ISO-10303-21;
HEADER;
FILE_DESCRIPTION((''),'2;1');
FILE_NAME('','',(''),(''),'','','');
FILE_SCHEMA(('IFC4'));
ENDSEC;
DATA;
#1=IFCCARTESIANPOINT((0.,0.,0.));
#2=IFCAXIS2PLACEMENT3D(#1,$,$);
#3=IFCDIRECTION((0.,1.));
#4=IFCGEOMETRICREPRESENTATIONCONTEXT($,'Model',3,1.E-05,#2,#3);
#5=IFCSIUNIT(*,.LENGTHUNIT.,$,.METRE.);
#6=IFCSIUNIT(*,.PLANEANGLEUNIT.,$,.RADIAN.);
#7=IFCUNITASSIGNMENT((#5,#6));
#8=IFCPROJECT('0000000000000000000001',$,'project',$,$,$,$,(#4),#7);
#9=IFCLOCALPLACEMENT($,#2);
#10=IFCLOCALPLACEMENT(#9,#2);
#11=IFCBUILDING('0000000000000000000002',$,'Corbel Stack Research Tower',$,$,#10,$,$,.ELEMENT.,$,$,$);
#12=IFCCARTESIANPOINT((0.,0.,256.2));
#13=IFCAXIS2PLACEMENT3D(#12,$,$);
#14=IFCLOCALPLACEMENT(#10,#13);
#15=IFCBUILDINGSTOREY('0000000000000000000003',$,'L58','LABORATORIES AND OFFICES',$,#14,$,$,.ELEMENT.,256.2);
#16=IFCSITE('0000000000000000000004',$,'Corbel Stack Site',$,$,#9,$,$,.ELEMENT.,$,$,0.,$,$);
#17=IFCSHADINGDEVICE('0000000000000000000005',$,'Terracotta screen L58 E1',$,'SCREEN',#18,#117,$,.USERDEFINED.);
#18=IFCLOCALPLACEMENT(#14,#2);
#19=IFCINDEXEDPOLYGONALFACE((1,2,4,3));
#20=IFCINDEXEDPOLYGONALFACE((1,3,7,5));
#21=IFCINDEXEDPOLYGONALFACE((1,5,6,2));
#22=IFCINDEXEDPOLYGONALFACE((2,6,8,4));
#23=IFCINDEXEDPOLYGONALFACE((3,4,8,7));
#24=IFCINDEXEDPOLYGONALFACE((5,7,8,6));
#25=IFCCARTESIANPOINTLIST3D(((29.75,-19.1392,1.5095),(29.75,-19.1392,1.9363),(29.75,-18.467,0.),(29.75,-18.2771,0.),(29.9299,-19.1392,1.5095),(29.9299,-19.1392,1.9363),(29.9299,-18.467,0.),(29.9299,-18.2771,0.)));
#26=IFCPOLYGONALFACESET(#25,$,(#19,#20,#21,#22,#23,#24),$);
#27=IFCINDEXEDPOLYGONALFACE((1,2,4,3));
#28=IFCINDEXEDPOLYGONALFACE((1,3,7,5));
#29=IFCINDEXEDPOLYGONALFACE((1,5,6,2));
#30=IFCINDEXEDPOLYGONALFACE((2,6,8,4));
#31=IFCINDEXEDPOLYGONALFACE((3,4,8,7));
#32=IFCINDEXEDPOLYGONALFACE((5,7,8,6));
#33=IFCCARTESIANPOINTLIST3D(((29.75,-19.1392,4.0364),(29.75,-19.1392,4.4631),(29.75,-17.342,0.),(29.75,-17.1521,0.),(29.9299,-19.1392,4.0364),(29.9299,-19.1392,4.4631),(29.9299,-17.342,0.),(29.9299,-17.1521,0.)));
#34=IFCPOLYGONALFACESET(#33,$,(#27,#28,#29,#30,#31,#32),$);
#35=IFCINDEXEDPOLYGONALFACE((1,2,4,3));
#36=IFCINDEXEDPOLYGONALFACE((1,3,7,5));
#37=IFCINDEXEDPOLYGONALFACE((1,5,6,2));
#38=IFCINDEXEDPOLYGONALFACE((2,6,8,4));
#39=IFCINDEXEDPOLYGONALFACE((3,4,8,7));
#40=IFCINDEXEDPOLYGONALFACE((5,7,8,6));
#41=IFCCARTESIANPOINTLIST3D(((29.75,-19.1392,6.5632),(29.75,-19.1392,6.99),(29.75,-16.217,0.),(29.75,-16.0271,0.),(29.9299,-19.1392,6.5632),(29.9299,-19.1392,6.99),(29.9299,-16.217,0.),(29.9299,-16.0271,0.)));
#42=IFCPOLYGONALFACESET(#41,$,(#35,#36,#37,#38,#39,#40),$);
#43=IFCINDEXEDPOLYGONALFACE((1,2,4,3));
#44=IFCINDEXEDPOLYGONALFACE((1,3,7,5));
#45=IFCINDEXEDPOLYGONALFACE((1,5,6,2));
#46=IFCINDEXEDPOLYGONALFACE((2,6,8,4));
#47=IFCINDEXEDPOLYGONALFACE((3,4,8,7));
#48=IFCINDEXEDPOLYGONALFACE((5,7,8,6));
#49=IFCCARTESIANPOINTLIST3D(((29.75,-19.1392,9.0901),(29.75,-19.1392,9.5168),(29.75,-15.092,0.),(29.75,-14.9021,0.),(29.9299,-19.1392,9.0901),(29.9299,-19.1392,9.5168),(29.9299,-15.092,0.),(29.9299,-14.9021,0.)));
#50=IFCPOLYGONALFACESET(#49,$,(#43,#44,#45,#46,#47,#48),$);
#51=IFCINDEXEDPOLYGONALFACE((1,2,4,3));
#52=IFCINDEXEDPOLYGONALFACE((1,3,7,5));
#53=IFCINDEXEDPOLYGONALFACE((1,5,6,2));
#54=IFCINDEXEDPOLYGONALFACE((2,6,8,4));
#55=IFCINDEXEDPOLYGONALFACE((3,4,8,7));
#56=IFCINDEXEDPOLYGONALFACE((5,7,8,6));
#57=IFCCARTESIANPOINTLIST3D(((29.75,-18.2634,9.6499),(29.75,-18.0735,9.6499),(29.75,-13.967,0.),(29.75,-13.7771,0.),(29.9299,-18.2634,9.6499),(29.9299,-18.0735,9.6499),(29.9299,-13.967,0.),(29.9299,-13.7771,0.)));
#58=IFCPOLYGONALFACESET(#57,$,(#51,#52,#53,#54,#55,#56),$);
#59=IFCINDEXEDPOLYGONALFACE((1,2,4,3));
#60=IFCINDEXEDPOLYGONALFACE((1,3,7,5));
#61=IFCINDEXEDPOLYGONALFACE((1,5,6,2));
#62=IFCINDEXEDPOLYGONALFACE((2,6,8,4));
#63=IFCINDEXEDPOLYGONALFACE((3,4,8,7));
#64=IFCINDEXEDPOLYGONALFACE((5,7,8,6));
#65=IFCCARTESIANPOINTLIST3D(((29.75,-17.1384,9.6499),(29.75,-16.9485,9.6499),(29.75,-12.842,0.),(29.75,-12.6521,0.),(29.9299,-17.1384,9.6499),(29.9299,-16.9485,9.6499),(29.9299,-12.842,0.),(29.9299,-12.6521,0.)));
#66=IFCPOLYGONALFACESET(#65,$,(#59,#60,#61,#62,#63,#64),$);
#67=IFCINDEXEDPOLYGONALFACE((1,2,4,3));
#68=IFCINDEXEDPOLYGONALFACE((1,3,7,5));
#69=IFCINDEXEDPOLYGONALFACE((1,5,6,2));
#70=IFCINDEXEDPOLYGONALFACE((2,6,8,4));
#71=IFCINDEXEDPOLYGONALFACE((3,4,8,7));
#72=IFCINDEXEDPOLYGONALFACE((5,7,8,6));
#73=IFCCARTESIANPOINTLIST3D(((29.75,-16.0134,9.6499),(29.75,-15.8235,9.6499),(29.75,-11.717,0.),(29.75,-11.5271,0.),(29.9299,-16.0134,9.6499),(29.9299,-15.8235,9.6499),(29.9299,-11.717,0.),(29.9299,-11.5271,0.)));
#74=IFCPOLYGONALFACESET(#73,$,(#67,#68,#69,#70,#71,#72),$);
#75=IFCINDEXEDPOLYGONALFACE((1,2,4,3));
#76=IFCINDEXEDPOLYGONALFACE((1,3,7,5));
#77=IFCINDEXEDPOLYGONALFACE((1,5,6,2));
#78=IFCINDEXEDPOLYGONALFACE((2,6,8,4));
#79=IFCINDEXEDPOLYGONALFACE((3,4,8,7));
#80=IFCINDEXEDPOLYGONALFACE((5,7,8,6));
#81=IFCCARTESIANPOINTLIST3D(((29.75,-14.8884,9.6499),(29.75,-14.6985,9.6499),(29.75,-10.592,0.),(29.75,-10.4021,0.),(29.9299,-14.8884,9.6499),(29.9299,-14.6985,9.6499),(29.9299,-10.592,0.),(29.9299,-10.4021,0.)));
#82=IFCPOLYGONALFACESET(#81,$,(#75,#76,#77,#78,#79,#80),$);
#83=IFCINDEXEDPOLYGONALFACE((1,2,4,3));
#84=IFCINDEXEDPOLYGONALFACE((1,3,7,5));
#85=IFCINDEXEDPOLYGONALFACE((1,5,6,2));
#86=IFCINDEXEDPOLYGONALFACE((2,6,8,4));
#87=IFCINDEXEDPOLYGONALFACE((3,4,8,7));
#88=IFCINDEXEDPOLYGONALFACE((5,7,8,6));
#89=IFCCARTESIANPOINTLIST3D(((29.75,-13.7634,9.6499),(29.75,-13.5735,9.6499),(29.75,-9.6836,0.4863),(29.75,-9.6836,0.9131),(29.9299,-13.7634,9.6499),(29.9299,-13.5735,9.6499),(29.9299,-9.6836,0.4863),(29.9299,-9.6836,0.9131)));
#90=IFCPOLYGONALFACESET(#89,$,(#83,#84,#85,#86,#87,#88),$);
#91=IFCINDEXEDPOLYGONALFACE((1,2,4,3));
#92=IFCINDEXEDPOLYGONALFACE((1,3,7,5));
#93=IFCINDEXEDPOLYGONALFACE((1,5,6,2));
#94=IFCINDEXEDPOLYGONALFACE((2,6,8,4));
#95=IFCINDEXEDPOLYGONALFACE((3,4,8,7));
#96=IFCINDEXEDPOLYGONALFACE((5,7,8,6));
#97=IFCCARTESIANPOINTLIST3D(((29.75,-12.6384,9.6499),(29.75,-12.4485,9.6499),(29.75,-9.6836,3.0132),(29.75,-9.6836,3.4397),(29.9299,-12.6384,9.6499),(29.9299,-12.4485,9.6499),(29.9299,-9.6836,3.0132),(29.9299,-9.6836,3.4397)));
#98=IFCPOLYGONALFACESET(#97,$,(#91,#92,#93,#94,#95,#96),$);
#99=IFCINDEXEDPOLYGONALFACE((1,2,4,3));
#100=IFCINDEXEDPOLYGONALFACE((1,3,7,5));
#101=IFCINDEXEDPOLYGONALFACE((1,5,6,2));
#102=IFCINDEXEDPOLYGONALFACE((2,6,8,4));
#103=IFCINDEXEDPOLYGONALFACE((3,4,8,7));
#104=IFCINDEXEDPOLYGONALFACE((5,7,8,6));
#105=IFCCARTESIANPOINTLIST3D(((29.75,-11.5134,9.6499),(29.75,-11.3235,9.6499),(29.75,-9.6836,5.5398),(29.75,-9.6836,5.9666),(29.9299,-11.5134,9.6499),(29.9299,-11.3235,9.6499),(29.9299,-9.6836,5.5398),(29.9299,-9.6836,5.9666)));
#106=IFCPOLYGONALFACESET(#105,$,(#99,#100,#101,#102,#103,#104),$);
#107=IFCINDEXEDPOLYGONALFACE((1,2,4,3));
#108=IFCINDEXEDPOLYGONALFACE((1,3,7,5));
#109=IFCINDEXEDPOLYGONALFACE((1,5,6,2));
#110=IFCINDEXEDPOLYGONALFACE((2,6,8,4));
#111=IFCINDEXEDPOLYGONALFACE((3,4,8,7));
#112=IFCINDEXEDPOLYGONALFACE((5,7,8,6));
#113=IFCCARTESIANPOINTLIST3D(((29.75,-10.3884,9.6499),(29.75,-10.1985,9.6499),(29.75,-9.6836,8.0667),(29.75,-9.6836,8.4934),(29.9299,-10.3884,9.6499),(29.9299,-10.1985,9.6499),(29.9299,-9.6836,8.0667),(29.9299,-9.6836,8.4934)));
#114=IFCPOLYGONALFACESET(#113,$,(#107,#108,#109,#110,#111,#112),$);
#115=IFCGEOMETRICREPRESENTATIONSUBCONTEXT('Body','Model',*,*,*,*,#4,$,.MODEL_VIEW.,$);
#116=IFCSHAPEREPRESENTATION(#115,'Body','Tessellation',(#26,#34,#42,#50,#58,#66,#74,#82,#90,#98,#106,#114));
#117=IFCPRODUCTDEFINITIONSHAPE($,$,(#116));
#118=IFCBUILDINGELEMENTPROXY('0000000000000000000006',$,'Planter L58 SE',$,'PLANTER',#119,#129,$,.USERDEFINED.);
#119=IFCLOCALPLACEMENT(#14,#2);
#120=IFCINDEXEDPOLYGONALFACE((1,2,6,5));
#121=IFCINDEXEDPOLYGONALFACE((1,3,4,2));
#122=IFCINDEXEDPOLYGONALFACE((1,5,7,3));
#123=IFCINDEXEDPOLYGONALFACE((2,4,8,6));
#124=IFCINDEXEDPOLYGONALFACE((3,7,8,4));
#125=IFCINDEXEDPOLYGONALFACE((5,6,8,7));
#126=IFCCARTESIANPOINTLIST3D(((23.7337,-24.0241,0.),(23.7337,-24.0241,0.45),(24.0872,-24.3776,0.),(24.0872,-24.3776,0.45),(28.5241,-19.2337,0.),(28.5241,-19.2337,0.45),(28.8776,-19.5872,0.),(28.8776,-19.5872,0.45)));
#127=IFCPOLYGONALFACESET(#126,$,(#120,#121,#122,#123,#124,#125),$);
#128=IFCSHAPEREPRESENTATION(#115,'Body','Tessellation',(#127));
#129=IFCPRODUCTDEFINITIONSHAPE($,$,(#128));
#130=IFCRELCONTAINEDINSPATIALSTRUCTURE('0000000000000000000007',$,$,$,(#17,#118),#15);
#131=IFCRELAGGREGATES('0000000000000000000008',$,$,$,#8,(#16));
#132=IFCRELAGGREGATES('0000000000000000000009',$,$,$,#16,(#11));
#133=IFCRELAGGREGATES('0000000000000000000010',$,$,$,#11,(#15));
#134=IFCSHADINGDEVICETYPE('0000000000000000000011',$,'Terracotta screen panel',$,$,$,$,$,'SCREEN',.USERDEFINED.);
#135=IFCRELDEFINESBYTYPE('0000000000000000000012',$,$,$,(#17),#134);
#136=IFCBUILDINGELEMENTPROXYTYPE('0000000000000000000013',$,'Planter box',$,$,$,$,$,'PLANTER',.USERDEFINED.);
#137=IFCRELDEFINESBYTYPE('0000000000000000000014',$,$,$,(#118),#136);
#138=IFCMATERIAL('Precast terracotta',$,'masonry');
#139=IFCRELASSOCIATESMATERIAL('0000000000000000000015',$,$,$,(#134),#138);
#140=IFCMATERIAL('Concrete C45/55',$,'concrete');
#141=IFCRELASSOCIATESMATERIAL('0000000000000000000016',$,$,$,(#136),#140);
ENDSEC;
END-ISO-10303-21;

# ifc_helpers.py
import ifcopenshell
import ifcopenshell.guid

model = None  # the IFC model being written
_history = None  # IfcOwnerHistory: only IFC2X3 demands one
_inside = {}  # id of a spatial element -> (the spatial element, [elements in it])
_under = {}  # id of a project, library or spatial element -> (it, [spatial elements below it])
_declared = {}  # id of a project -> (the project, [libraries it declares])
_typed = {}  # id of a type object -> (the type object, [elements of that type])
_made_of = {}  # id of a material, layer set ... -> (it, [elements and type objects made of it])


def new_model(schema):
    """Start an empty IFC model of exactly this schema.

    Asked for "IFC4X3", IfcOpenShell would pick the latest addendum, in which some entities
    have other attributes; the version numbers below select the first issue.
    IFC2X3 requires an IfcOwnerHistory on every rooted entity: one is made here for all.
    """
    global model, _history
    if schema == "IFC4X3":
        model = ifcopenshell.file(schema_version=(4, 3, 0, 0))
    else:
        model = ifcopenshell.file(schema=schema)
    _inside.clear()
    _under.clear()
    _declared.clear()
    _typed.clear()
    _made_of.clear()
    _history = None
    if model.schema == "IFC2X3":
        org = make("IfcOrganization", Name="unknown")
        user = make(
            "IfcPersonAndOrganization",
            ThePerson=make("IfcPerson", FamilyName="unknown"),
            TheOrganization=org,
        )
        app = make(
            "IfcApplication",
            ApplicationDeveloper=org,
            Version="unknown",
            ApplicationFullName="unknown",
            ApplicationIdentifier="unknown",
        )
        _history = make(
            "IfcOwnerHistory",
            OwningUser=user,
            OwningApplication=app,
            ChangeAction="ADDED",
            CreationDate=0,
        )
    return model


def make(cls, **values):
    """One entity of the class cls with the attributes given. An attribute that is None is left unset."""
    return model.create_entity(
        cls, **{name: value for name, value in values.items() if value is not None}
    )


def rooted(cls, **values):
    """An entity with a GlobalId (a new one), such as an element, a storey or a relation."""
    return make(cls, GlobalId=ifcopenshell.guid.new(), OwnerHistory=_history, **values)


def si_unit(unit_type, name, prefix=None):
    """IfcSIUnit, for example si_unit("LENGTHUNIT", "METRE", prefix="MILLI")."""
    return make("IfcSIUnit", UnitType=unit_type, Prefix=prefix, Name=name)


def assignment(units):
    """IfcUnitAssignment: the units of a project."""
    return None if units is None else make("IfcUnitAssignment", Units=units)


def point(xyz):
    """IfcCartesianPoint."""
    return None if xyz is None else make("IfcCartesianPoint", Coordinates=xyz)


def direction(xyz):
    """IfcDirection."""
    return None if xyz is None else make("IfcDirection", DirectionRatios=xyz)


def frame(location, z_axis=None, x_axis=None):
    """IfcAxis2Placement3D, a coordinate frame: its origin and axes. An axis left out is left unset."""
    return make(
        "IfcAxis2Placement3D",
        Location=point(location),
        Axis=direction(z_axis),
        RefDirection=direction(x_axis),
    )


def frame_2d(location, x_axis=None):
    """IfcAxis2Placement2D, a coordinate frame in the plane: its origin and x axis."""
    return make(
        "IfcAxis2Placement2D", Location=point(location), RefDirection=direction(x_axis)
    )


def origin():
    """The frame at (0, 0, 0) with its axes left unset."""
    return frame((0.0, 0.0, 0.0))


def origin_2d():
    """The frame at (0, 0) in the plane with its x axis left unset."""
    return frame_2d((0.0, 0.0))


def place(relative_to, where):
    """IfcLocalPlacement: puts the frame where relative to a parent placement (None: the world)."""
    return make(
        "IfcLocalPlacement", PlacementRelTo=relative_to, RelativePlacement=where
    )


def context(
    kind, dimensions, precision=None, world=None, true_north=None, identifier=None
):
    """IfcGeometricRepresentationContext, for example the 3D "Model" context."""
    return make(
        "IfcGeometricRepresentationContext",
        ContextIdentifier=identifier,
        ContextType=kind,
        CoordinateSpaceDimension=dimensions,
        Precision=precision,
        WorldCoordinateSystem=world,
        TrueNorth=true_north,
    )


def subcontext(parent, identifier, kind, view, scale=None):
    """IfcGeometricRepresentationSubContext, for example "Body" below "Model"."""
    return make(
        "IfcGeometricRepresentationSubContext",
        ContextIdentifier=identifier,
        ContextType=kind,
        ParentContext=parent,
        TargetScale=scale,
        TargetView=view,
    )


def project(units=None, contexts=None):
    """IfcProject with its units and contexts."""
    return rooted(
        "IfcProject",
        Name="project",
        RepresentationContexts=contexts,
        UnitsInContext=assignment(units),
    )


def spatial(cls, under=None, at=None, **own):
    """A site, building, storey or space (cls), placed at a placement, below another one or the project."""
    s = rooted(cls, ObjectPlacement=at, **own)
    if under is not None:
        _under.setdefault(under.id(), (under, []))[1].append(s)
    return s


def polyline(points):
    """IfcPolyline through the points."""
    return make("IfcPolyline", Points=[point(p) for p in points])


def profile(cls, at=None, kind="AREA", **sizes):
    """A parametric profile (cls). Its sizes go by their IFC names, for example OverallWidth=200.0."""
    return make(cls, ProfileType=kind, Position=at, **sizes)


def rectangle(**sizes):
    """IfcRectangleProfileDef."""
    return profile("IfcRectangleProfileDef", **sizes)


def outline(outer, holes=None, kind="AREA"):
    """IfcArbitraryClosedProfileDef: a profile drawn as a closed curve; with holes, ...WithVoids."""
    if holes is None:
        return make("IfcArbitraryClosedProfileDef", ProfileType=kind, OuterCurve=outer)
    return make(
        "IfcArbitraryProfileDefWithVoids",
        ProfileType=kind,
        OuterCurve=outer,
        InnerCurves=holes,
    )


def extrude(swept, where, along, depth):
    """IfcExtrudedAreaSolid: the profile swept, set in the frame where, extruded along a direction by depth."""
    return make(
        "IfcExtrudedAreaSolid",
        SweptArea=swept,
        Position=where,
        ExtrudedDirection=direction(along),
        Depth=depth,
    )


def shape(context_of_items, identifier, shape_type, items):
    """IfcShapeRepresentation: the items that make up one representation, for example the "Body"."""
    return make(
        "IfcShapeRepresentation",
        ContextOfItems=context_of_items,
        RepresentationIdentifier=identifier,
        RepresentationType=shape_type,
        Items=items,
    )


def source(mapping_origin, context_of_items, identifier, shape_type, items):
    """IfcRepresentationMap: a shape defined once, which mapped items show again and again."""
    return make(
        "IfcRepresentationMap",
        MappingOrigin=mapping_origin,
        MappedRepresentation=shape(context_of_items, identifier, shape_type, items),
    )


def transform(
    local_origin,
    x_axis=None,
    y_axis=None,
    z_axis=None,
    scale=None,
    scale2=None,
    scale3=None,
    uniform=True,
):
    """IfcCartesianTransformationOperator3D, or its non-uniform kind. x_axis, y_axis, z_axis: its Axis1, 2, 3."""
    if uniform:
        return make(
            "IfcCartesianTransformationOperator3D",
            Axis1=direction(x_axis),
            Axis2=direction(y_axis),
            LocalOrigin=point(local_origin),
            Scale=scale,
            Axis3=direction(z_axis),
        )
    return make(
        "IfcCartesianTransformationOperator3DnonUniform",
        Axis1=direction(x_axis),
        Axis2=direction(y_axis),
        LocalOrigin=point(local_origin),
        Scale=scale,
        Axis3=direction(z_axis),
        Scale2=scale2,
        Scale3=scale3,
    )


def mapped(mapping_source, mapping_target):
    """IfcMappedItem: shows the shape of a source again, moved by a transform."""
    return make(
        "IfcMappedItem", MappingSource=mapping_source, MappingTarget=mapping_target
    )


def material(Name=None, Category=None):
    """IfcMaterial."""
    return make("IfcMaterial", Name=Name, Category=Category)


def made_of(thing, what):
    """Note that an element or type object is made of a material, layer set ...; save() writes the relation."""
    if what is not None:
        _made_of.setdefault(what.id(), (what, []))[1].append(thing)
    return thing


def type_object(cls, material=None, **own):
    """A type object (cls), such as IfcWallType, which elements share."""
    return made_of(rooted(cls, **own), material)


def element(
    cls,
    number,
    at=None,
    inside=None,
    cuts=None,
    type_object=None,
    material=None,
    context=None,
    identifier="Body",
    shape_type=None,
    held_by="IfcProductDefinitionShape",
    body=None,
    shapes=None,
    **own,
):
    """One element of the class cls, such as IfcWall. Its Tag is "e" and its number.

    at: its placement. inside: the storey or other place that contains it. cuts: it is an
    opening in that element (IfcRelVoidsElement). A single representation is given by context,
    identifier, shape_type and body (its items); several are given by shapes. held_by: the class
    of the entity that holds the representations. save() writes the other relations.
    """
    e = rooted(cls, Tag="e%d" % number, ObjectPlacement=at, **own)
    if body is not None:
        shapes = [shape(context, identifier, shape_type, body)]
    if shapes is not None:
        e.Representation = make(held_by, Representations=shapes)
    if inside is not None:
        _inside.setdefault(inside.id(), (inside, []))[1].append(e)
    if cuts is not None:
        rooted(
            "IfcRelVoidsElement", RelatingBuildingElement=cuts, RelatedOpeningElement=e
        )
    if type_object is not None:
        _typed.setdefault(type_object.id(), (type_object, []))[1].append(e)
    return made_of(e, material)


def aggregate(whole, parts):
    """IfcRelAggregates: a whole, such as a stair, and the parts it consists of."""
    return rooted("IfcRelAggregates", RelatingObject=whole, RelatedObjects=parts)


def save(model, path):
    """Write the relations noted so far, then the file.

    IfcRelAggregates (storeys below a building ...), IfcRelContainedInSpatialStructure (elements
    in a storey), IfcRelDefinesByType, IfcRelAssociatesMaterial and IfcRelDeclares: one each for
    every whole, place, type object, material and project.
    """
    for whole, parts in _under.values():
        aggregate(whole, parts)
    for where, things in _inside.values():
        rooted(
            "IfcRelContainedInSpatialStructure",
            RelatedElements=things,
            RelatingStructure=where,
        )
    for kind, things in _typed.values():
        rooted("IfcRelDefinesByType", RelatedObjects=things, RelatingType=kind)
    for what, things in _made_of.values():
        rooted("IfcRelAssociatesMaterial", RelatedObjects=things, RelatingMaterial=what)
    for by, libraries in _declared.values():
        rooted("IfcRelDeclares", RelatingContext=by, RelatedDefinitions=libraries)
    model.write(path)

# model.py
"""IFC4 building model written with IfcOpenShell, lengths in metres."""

from ifc_helpers import new_model, si_unit, direction, frame, origin, origin_2d, place, context, subcontext, project, spatial, polyline, rectangle, outline, extrude, source, transform, mapped, material, type_object, element, save


model = new_model("IFC4")

# Units and contexts
model_context = context("Model", 3, precision=1e-05, world=origin(), true_north=direction((0.0, 1.0)))
body_context = subcontext(model_context, "Body", "Model", "MODEL_VIEW")
ifc_project = project(units=[si_unit("LENGTHUNIT", "METRE"), si_unit("PLANEANGLEUNIT", "RADIAN")], contexts=[model_context])

# Site, building, storey
site_placement = place(None, origin())
site = spatial("IfcSite", under=ifc_project, at=site_placement, Name="Corbel Stack Site", CompositionType="ELEMENT", RefElevation=0.0)
building_placement = place(site_placement, origin())
building = spatial("IfcBuilding", under=site, at=building_placement, Name="Corbel Stack Research Tower", CompositionType="ELEMENT")
storey_placement = place(building_placement, frame((0.0, 0.0, 256.2)))
storey = spatial("IfcBuildingStorey", under=building, at=storey_placement, Name="L58", Description="LABORATORIES AND OFFICES", CompositionType="ELEMENT", Elevation=256.2)

# Shading device
ifc_material_1 = material(Name="Precast terracotta", Category="masonry")
shading_device_type = type_object("IfcShadingDeviceType", Name="Terracotta screen panel", ElementType="SCREEN", PredefinedType="USERDEFINED", material=ifc_material_1)
shared_shape_1 = source(origin(), body_context, "Body", "SweptSolid", [
    extrude(outline(polyline([(0.8621, 0.0), (0.0, 1.9363), (0.0, 1.5095), (0.6721, 0.0), (0.8621, 0.0)])), frame((0.0, 0.0, 0.0), z_axis=(0.0, -1.0, 0.0), x_axis=(1.0, 0.0, 0.0)), (0.0, 0.0, 1.0), 0.1799),
    extrude(outline(polyline([(1.9871, 0.0), (0.0, 4.4631), (0.0, 4.0364), (1.7971, 0.0), (1.9871, 0.0)])), frame((0.0, 0.0, 0.0), z_axis=(0.0, -1.0, 0.0), x_axis=(1.0, 0.0, 0.0)), (0.0, 0.0, 1.0), 0.1799),
    extrude(outline(polyline([(3.1121, 0.0), (0.0, 6.99), (0.0, 6.5632), (2.9221, 0.0), (3.1121, 0.0)])), frame((0.0, 0.0, 0.0), z_axis=(0.0, -1.0, 0.0), x_axis=(1.0, 0.0, 0.0)), (0.0, 0.0, 1.0), 0.1799),
    extrude(outline(polyline([(4.2371, 0.0), (0.0, 9.5168), (0.0, 9.0901), (4.0471, 0.0), (4.2371, 0.0)])), frame((0.0, 0.0, 0.0), z_axis=(0.0, -1.0, 0.0), x_axis=(1.0, 0.0, 0.0)), (0.0, 0.0, 1.0), 0.1799),
    extrude(outline(polyline([(5.3621, 0.0), (1.0657, 9.6499), (0.8757, 9.6499), (5.1721, 0.0), (5.3621, 0.0)])), frame((0.0, 0.0, 0.0), z_axis=(0.0, -1.0, 0.0), x_axis=(1.0, 0.0, 0.0)), (0.0, 0.0, 1.0), 0.1799),
    extrude(outline(polyline([(6.4871, 0.0), (2.1907, 9.6499), (2.0007, 9.6499), (6.2971, 0.0), (6.4871, 0.0)])), frame((0.0, 0.0, 0.0), z_axis=(0.0, -1.0, 0.0), x_axis=(1.0, 0.0, 0.0)), (0.0, 0.0, 1.0), 0.1799),
    extrude(outline(polyline([(7.6121, 0.0), (3.3157, 9.6499), (3.1257, 9.6499), (7.4221, 0.0), (7.6121, 0.0)])), frame((0.0, 0.0, 0.0), z_axis=(0.0, -1.0, 0.0), x_axis=(1.0, 0.0, 0.0)), (0.0, 0.0, 1.0), 0.1799),
    extrude(outline(polyline([(8.7371, 0.0), (4.4407, 9.6499), (4.2507, 9.6499), (8.5471, 0.0), (8.7371, 0.0)])), frame((0.0, 0.0, 0.0), z_axis=(0.0, -1.0, 0.0), x_axis=(1.0, 0.0, 0.0)), (0.0, 0.0, 1.0), 0.1799),
    extrude(outline(polyline([(5.5657, 9.6499), (5.3757, 9.6499), (9.4556, 0.4863), (9.4556, 0.9131), (5.5657, 9.6499)])), frame((0.0, 0.0, 0.0), z_axis=(0.0, -1.0, 0.0), x_axis=(1.0, 0.0, 0.0)), (0.0, 0.0, 1.0), 0.1799),
    extrude(outline(polyline([(6.6907, 9.6499), (6.5007, 9.6499), (9.4556, 3.0132), (9.4556, 3.4397), (6.6907, 9.6499)])), frame((0.0, 0.0, 0.0), z_axis=(0.0, -1.0, 0.0), x_axis=(1.0, 0.0, 0.0)), (0.0, 0.0, 1.0), 0.1799),
    extrude(outline(polyline([(7.8157, 9.6499), (7.6257, 9.6499), (9.4556, 5.5398), (9.4556, 5.9666), (7.8157, 9.6499)])), frame((0.0, 0.0, 0.0), z_axis=(0.0, -1.0, 0.0), x_axis=(1.0, 0.0, 0.0)), (0.0, 0.0, 1.0), 0.1799),
    extrude(outline(polyline([(8.9407, 9.6499), (8.7507, 9.6499), (9.4556, 8.0667), (9.4556, 8.4934), (8.9407, 9.6499)])), frame((0.0, 0.0, 0.0), z_axis=(0.0, -1.0, 0.0), x_axis=(1.0, 0.0, 0.0)), (0.0, 0.0, 1.0), 0.1799),
])
shading_device_1_placement = place(storey_placement, frame((29.75, -19.1392, 0.0), z_axis=(0.0, 0.0, 1.0), x_axis=(0.0, 1.0, 0.0)))
element("IfcShadingDevice", 1, at=shading_device_1_placement, inside=storey, type_object=shading_device_type, Name="Terracotta screen L58 E1", ObjectType="SCREEN", PredefinedType="USERDEFINED", context=body_context, shape_type="MappedRepresentation", body=[
    mapped(shared_shape_1, transform((0.0, 0.0, 0.0))),
])

# Building element proxy
ifc_material_2 = material(Name="Concrete C45/55", Category="concrete")
building_element_proxy_type = type_object("IfcBuildingElementProxyType", Name="Planter box", ElementType="PLANTER", PredefinedType="USERDEFINED", material=ifc_material_2)
proxy_placement = place(storey_placement, frame((26.3057, -21.8057, 0.0), z_axis=(0.0, 0.0, 1.0), x_axis=(0.707107, 0.707107, 0.0)))
element("IfcBuildingElementProxy", 2, at=proxy_placement, inside=storey, type_object=building_element_proxy_type, Name="Planter L58 SE", ObjectType="PLANTER", PredefinedType="USERDEFINED", context=body_context, shape_type="SweptSolid", body=[
    extrude(rectangle(XDim=6.7747, YDim=0.5, at=origin_2d()), origin(), (0.0, 0.0, 1.0), 0.45),
])

save(model, "model.ifc")
